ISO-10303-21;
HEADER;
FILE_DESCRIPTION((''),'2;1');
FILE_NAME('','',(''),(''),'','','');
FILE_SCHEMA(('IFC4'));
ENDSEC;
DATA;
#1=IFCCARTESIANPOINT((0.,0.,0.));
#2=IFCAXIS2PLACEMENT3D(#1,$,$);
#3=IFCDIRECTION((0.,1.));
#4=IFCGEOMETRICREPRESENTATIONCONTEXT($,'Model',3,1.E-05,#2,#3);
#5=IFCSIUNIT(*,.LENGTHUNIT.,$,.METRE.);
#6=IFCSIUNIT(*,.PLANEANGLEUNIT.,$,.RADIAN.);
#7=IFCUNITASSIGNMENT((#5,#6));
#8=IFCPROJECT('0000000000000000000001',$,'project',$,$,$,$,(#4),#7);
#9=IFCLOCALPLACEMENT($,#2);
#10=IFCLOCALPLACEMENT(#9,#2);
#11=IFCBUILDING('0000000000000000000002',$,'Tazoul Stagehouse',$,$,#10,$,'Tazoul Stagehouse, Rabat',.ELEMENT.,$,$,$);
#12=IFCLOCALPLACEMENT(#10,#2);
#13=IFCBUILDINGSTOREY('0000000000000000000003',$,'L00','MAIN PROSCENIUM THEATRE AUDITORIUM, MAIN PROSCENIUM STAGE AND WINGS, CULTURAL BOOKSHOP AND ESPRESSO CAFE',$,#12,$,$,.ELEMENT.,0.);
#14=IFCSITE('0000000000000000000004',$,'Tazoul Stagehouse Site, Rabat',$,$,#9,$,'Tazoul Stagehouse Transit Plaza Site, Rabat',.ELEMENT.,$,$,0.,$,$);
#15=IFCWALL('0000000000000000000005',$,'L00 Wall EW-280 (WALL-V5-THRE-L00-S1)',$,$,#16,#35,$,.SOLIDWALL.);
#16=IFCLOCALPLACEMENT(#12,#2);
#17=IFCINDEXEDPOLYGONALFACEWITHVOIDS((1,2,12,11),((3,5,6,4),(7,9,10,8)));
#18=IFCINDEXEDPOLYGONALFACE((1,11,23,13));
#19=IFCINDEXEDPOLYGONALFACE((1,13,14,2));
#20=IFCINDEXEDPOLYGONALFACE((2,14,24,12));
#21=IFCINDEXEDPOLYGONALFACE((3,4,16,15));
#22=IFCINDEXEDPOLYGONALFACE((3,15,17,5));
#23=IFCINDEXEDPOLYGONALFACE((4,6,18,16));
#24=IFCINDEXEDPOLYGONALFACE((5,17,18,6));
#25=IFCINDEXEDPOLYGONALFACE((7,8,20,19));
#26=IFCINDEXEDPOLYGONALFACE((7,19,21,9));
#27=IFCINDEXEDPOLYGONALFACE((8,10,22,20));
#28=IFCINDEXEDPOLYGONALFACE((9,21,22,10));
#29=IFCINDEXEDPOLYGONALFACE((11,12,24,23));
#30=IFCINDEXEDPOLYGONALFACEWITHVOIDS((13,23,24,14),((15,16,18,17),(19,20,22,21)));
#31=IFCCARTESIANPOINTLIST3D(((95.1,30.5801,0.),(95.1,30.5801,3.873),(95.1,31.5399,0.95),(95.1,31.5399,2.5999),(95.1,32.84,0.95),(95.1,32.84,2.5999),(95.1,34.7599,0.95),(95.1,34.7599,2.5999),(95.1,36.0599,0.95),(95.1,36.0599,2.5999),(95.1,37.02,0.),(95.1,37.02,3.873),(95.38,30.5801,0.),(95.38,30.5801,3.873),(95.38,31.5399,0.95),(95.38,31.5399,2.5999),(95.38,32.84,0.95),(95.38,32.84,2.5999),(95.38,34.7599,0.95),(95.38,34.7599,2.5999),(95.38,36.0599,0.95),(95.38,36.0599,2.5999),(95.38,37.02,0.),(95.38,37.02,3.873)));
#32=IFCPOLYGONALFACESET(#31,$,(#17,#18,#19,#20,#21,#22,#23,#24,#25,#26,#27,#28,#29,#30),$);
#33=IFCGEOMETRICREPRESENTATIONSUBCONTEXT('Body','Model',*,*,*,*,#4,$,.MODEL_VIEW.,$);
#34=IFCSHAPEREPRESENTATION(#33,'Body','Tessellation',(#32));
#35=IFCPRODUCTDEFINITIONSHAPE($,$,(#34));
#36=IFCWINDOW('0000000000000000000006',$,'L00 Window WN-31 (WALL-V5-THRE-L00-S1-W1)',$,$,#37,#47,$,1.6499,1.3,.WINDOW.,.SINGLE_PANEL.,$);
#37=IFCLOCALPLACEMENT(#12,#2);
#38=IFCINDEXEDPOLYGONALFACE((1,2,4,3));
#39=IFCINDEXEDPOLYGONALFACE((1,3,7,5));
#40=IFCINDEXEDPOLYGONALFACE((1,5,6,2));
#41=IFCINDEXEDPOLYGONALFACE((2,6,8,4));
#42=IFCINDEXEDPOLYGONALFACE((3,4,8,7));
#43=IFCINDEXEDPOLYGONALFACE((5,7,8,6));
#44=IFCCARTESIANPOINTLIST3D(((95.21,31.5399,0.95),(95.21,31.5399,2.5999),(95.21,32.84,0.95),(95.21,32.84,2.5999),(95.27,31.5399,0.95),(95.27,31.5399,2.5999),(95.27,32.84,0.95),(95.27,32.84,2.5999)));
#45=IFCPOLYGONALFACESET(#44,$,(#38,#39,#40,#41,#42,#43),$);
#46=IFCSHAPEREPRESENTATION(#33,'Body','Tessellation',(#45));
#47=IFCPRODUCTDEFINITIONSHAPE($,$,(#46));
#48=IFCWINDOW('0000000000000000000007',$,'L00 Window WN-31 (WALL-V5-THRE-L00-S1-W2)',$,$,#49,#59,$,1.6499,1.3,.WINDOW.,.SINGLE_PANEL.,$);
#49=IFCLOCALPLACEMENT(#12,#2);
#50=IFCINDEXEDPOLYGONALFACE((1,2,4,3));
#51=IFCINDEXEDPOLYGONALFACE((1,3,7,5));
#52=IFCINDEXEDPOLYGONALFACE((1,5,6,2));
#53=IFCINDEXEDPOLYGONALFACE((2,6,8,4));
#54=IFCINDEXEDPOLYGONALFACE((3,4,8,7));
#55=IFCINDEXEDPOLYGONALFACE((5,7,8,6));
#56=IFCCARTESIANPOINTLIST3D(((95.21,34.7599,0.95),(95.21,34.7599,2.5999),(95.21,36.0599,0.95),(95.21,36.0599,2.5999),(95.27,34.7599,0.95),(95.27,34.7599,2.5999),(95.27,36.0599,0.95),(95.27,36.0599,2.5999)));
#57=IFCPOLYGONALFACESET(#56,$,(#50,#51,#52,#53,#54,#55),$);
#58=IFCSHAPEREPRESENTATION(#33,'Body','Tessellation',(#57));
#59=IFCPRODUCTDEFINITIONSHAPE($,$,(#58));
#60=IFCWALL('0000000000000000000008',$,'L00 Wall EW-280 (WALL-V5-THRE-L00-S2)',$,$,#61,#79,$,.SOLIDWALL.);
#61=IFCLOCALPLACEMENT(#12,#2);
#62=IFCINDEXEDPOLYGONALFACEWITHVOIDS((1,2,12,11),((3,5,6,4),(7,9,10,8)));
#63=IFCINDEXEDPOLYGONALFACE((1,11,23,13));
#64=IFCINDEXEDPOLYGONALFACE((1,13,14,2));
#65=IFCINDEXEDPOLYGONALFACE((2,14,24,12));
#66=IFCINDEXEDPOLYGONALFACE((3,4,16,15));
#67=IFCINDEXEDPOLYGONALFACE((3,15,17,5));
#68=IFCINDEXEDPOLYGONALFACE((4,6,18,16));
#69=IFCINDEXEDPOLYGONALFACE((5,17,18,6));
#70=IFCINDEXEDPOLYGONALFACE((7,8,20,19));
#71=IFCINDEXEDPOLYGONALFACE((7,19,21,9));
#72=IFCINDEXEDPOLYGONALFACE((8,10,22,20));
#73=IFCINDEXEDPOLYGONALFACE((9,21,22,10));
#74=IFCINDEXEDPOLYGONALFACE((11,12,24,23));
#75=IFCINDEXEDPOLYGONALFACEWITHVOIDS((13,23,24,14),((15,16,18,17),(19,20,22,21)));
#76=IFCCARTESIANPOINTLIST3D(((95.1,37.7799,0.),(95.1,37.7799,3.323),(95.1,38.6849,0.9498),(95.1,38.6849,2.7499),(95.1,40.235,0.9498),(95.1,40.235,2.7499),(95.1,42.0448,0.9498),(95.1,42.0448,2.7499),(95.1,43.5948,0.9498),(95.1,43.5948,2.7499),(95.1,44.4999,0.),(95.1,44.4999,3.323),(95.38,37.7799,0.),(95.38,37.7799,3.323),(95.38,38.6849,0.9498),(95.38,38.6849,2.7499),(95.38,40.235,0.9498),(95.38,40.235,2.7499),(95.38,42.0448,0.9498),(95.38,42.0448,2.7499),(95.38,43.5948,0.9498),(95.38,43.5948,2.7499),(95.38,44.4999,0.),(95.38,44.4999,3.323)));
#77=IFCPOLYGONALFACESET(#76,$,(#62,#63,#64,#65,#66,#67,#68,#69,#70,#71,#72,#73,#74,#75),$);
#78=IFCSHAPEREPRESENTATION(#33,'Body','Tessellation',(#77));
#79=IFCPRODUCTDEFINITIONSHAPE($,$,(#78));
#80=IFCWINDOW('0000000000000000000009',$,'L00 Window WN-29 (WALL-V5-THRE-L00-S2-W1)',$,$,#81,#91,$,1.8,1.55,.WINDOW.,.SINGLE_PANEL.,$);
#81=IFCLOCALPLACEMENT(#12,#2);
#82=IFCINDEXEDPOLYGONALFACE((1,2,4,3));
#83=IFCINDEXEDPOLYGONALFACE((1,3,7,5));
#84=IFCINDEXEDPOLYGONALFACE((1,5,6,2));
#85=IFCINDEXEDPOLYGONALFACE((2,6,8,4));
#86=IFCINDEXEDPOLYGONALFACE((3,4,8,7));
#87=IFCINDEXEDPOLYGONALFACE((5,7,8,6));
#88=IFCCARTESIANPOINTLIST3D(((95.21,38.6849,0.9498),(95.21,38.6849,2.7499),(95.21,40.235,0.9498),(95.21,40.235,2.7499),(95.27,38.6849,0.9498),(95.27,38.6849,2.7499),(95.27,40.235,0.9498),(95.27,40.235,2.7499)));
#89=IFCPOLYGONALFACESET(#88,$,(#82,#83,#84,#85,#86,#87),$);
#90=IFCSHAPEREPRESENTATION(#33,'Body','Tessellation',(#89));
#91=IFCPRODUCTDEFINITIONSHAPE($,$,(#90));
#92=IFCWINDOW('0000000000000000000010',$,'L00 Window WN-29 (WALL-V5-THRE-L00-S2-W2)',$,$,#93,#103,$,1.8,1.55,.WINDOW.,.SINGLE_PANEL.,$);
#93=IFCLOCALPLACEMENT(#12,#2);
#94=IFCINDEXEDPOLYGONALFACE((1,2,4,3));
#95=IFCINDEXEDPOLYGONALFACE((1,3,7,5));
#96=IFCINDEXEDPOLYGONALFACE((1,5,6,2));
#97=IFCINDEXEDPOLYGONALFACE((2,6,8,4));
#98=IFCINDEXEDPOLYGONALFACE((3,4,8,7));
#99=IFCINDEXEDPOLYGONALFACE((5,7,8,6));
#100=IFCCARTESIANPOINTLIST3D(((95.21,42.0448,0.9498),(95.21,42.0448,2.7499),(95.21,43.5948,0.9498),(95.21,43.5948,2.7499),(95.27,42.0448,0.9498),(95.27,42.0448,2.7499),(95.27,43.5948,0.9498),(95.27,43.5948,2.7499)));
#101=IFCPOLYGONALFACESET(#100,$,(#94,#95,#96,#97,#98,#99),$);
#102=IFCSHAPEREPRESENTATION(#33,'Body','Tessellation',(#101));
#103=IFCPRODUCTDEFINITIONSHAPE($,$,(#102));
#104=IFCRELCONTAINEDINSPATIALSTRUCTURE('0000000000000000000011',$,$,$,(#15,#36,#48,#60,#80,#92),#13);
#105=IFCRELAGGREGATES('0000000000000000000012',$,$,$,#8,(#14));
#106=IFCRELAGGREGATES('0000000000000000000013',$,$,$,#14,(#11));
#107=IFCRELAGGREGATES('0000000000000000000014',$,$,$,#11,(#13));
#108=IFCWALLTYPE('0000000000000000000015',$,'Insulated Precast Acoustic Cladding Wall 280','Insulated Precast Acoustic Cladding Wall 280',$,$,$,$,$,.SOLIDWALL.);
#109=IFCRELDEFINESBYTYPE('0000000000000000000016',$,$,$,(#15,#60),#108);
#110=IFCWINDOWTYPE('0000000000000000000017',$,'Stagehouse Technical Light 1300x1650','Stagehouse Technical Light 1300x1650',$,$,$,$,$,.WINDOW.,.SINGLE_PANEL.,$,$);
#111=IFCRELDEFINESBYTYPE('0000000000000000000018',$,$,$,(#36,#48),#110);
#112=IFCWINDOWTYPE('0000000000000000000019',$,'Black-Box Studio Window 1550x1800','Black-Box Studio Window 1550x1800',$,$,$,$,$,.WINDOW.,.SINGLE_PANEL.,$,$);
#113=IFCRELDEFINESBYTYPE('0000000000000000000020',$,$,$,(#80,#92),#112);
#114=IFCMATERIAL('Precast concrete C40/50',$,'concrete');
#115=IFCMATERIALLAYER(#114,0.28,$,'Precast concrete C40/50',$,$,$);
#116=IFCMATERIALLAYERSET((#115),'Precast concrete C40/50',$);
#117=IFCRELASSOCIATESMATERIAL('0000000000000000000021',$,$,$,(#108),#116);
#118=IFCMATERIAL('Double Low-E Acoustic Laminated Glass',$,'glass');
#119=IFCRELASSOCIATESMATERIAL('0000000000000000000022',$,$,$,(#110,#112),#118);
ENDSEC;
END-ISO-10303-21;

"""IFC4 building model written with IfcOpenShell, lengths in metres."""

from ifc_helpers import new_model, si_unit, direction, frame, frame_2d, origin, place, context, subcontext, project, spatial, rectangle, extrude, material, layer, layer_set, type_object, element, fill, save


model = new_model("IFC4")

# Units and contexts
model_context = context("Model", 3, precision=1e-05, world=origin(), true_north=direction((0.0, 1.0)))
body_context = subcontext(model_context, "Body", "Model", "MODEL_VIEW")
ifc_project = project(units=[si_unit("LENGTHUNIT", "METRE"), si_unit("PLANEANGLEUNIT", "RADIAN")], contexts=[model_context])

# Site, building, storey
site_placement = place(None, origin())
site = spatial("IfcSite", under=ifc_project, at=site_placement, Name="Tazoul Stagehouse Site, Rabat", LongName="Tazoul Stagehouse Transit Plaza Site, Rabat", CompositionType="ELEMENT", RefElevation=0.0)
building_placement = place(site_placement, origin())
building = spatial("IfcBuilding", under=site, at=building_placement, Name="Tazoul Stagehouse", LongName="Tazoul Stagehouse, Rabat", CompositionType="ELEMENT")
storey_placement = place(building_placement, origin())
storey = spatial("IfcBuildingStorey", under=building, at=storey_placement, Name="L00", Description="MAIN PROSCENIUM THEATRE AUDITORIUM, MAIN PROSCENIUM STAGE AND WINGS, CULTURAL BOOKSHOP AND ESPRESSO CAFE", CompositionType="ELEMENT", Elevation=0.0)

# Walls, openings, windows
ifc_material_1 = material(Name="Precast concrete C40/50", Category="concrete")
ifc_layer_1 = layer(ifc_material_1, 0.28, Name="Precast concrete C40/50")
ifc_layer_set_1 = layer_set([ifc_layer_1], Name="Precast concrete C40/50")
wall_type = type_object("IfcWallType", Name="Insulated Precast Acoustic Cladding Wall 280", Description="Insulated Precast Acoustic Cladding Wall 280", PredefinedType="SOLIDWALL", material=ifc_layer_set_1)
wall_1_placement = place(storey_placement, frame((95.24, 30.5801, 0.0), z_axis=(0.0, 0.0, 1.0), x_axis=(0.0, 1.0, 0.0)))
wall_1 = element("IfcWall", 1, at=wall_1_placement, inside=storey, type_object=wall_type, Name="L00 Wall EW-280 (WALL-V5-THRE-L00-S1)", PredefinedType="SOLIDWALL", context=body_context, shape_type="SweptSolid", body=[
    extrude(rectangle(XDim=6.4399, YDim=0.28, at=frame_2d((3.22, 0.0))), origin(), (0.0, 0.0, 1.0), 3.873),
])
opening_1_placement = place(wall_1_placement, frame((0.96, 0.0, 0.95)))
opening_1 = element("IfcOpeningElement", 2, at=opening_1_placement, cuts=wall_1, PredefinedType="OPENING", context=body_context, shape_type="SweptSolid", body=[
    extrude(rectangle(XDim=1.3, YDim=1.6499, at=frame_2d((0.6499, 0.825))), frame((0.0, 0.1599, 0.0), z_axis=(0.0, -1.0, 0.0), x_axis=(1.0, 0.0, 0.0)), (0.0, 0.0, 1.0), 0.3201),
])
opening_2_placement = place(wall_1_placement, frame((4.1799, 0.0, 0.95)))
opening_2 = element("IfcOpeningElement", 3, at=opening_2_placement, cuts=wall_1, PredefinedType="OPENING", context=body_context, shape_type="SweptSolid", body=[
    extrude(rectangle(XDim=1.3, YDim=1.6499, at=frame_2d((0.6499, 0.825))), frame((0.0, 0.1599, 0.0), z_axis=(0.0, -1.0, 0.0), x_axis=(1.0, 0.0, 0.0)), (0.0, 0.0, 1.0), 0.3201),
])
ifc_material_2 = material(Name="Double Low-E Acoustic Laminated Glass", Category="glass")
window_type_1 = type_object("IfcWindowType", Name="Stagehouse Technical Light 1300x1650", Description="Stagehouse Technical Light 1300x1650", PartitioningType="SINGLE_PANEL", PredefinedType="WINDOW", material=ifc_material_2)
window_1_placement = place(opening_1_placement, origin())
window_1 = element("IfcWindow", 4, at=window_1_placement, inside=storey, type_object=window_type_1, Name="L00 Window WN-31 (WALL-V5-THRE-L00-S1-W1)", OverallHeight=1.6499, OverallWidth=1.3, PartitioningType="SINGLE_PANEL", PredefinedType="WINDOW", context=body_context, shape_type="SweptSolid", body=[
    extrude(rectangle(XDim=1.3, YDim=1.6499, at=frame_2d((0.6499, 0.825))), frame((0.0, 0.03, 0.0), z_axis=(0.0, -1.0, 0.0), x_axis=(1.0, 0.0, 0.0)), (0.0, 0.0, 1.0), 0.0601),
])
fill(opening_1, window_1)
window_2_placement = place(opening_2_placement, origin())
window_2 = element("IfcWindow", 5, at=window_2_placement, inside=storey, type_object=window_type_1, Name="L00 Window WN-31 (WALL-V5-THRE-L00-S1-W2)", OverallHeight=1.6499, OverallWidth=1.3, PartitioningType="SINGLE_PANEL", PredefinedType="WINDOW", context=body_context, shape_type="SweptSolid", body=[
    extrude(rectangle(XDim=1.3, YDim=1.6499, at=frame_2d((0.6499, 0.825))), frame((0.0, 0.03, 0.0), z_axis=(0.0, -1.0, 0.0), x_axis=(1.0, 0.0, 0.0)), (0.0, 0.0, 1.0), 0.0601),
])
fill(opening_2, window_2)
wall_2_placement = place(storey_placement, frame((95.24, 37.78, 0.0), z_axis=(0.0, 0.0, 1.0), x_axis=(0.0, 1.0, 0.0)))
wall_2 = element("IfcWall", 6, at=wall_2_placement, inside=storey, type_object=wall_type, Name="L00 Wall EW-280 (WALL-V5-THRE-L00-S2)", PredefinedType="SOLIDWALL", context=body_context, shape_type="SweptSolid", body=[
    extrude(rectangle(XDim=6.72, YDim=0.28, at=frame_2d((3.3599, 0.0))), origin(), (0.0, 0.0, 1.0), 3.323),
])
opening_3_placement = place(wall_2_placement, frame((0.905, 0.0, 0.95)))
opening_3 = element("IfcOpeningElement", 7, at=opening_3_placement, cuts=wall_2, PredefinedType="OPENING", context=body_context, shape_type="SweptSolid", body=[
    extrude(rectangle(XDim=1.55, YDim=1.8, at=frame_2d((0.7749, 0.8999))), frame((0.0, 0.1599, 0.0), z_axis=(0.0, -1.0, 0.0), x_axis=(1.0, 0.0, 0.0)), (0.0, 0.0, 1.0), 0.3201),
])
opening_4_placement = place(wall_2_placement, frame((4.2649, 0.0, 0.95)))
opening_4 = element("IfcOpeningElement", 8, at=opening_4_placement, cuts=wall_2, PredefinedType="OPENING", context=body_context, shape_type="SweptSolid", body=[
    extrude(rectangle(XDim=1.55, YDim=1.8, at=frame_2d((0.7749, 0.8999))), frame((0.0, 0.1599, 0.0), z_axis=(0.0, -1.0, 0.0), x_axis=(1.0, 0.0, 0.0)), (0.0, 0.0, 1.0), 0.3201),
])
window_type_2 = type_object("IfcWindowType", Name="Black-Box Studio Window 1550x1800", Description="Black-Box Studio Window 1550x1800", PartitioningType="SINGLE_PANEL", PredefinedType="WINDOW", material=ifc_material_2)
window_3_placement = place(opening_3_placement, origin())
window_3 = element("IfcWindow", 9, at=window_3_placement, inside=storey, type_object=window_type_2, Name="L00 Window WN-29 (WALL-V5-THRE-L00-S2-W1)", OverallHeight=1.8, OverallWidth=1.55, PartitioningType="SINGLE_PANEL", PredefinedType="WINDOW", context=body_context, shape_type="SweptSolid", body=[
    extrude(rectangle(XDim=1.55, YDim=1.8, at=frame_2d((0.7749, 0.8999))), frame((0.0, 0.03, 0.0), z_axis=(0.0, -1.0, 0.0), x_axis=(1.0, 0.0, 0.0)), (0.0, 0.0, 1.0), 0.0601),
])
fill(opening_3, window_3)
window_4_placement = place(opening_4_placement, origin())
window_4 = element("IfcWindow", 10, at=window_4_placement, inside=storey, type_object=window_type_2, Name="L00 Window WN-29 (WALL-V5-THRE-L00-S2-W2)", OverallHeight=1.8, OverallWidth=1.55, PartitioningType="SINGLE_PANEL", PredefinedType="WINDOW", context=body_context, shape_type="SweptSolid", body=[
    extrude(rectangle(XDim=1.55, YDim=1.8, at=frame_2d((0.7749, 0.8999))), frame((0.0, 0.03, 0.0), z_axis=(0.0, -1.0, 0.0), x_axis=(1.0, 0.0, 0.0)), (0.0, 0.0, 1.0), 0.0601),
])
fill(opening_4, window_4)

save(model, "model.ifc")
